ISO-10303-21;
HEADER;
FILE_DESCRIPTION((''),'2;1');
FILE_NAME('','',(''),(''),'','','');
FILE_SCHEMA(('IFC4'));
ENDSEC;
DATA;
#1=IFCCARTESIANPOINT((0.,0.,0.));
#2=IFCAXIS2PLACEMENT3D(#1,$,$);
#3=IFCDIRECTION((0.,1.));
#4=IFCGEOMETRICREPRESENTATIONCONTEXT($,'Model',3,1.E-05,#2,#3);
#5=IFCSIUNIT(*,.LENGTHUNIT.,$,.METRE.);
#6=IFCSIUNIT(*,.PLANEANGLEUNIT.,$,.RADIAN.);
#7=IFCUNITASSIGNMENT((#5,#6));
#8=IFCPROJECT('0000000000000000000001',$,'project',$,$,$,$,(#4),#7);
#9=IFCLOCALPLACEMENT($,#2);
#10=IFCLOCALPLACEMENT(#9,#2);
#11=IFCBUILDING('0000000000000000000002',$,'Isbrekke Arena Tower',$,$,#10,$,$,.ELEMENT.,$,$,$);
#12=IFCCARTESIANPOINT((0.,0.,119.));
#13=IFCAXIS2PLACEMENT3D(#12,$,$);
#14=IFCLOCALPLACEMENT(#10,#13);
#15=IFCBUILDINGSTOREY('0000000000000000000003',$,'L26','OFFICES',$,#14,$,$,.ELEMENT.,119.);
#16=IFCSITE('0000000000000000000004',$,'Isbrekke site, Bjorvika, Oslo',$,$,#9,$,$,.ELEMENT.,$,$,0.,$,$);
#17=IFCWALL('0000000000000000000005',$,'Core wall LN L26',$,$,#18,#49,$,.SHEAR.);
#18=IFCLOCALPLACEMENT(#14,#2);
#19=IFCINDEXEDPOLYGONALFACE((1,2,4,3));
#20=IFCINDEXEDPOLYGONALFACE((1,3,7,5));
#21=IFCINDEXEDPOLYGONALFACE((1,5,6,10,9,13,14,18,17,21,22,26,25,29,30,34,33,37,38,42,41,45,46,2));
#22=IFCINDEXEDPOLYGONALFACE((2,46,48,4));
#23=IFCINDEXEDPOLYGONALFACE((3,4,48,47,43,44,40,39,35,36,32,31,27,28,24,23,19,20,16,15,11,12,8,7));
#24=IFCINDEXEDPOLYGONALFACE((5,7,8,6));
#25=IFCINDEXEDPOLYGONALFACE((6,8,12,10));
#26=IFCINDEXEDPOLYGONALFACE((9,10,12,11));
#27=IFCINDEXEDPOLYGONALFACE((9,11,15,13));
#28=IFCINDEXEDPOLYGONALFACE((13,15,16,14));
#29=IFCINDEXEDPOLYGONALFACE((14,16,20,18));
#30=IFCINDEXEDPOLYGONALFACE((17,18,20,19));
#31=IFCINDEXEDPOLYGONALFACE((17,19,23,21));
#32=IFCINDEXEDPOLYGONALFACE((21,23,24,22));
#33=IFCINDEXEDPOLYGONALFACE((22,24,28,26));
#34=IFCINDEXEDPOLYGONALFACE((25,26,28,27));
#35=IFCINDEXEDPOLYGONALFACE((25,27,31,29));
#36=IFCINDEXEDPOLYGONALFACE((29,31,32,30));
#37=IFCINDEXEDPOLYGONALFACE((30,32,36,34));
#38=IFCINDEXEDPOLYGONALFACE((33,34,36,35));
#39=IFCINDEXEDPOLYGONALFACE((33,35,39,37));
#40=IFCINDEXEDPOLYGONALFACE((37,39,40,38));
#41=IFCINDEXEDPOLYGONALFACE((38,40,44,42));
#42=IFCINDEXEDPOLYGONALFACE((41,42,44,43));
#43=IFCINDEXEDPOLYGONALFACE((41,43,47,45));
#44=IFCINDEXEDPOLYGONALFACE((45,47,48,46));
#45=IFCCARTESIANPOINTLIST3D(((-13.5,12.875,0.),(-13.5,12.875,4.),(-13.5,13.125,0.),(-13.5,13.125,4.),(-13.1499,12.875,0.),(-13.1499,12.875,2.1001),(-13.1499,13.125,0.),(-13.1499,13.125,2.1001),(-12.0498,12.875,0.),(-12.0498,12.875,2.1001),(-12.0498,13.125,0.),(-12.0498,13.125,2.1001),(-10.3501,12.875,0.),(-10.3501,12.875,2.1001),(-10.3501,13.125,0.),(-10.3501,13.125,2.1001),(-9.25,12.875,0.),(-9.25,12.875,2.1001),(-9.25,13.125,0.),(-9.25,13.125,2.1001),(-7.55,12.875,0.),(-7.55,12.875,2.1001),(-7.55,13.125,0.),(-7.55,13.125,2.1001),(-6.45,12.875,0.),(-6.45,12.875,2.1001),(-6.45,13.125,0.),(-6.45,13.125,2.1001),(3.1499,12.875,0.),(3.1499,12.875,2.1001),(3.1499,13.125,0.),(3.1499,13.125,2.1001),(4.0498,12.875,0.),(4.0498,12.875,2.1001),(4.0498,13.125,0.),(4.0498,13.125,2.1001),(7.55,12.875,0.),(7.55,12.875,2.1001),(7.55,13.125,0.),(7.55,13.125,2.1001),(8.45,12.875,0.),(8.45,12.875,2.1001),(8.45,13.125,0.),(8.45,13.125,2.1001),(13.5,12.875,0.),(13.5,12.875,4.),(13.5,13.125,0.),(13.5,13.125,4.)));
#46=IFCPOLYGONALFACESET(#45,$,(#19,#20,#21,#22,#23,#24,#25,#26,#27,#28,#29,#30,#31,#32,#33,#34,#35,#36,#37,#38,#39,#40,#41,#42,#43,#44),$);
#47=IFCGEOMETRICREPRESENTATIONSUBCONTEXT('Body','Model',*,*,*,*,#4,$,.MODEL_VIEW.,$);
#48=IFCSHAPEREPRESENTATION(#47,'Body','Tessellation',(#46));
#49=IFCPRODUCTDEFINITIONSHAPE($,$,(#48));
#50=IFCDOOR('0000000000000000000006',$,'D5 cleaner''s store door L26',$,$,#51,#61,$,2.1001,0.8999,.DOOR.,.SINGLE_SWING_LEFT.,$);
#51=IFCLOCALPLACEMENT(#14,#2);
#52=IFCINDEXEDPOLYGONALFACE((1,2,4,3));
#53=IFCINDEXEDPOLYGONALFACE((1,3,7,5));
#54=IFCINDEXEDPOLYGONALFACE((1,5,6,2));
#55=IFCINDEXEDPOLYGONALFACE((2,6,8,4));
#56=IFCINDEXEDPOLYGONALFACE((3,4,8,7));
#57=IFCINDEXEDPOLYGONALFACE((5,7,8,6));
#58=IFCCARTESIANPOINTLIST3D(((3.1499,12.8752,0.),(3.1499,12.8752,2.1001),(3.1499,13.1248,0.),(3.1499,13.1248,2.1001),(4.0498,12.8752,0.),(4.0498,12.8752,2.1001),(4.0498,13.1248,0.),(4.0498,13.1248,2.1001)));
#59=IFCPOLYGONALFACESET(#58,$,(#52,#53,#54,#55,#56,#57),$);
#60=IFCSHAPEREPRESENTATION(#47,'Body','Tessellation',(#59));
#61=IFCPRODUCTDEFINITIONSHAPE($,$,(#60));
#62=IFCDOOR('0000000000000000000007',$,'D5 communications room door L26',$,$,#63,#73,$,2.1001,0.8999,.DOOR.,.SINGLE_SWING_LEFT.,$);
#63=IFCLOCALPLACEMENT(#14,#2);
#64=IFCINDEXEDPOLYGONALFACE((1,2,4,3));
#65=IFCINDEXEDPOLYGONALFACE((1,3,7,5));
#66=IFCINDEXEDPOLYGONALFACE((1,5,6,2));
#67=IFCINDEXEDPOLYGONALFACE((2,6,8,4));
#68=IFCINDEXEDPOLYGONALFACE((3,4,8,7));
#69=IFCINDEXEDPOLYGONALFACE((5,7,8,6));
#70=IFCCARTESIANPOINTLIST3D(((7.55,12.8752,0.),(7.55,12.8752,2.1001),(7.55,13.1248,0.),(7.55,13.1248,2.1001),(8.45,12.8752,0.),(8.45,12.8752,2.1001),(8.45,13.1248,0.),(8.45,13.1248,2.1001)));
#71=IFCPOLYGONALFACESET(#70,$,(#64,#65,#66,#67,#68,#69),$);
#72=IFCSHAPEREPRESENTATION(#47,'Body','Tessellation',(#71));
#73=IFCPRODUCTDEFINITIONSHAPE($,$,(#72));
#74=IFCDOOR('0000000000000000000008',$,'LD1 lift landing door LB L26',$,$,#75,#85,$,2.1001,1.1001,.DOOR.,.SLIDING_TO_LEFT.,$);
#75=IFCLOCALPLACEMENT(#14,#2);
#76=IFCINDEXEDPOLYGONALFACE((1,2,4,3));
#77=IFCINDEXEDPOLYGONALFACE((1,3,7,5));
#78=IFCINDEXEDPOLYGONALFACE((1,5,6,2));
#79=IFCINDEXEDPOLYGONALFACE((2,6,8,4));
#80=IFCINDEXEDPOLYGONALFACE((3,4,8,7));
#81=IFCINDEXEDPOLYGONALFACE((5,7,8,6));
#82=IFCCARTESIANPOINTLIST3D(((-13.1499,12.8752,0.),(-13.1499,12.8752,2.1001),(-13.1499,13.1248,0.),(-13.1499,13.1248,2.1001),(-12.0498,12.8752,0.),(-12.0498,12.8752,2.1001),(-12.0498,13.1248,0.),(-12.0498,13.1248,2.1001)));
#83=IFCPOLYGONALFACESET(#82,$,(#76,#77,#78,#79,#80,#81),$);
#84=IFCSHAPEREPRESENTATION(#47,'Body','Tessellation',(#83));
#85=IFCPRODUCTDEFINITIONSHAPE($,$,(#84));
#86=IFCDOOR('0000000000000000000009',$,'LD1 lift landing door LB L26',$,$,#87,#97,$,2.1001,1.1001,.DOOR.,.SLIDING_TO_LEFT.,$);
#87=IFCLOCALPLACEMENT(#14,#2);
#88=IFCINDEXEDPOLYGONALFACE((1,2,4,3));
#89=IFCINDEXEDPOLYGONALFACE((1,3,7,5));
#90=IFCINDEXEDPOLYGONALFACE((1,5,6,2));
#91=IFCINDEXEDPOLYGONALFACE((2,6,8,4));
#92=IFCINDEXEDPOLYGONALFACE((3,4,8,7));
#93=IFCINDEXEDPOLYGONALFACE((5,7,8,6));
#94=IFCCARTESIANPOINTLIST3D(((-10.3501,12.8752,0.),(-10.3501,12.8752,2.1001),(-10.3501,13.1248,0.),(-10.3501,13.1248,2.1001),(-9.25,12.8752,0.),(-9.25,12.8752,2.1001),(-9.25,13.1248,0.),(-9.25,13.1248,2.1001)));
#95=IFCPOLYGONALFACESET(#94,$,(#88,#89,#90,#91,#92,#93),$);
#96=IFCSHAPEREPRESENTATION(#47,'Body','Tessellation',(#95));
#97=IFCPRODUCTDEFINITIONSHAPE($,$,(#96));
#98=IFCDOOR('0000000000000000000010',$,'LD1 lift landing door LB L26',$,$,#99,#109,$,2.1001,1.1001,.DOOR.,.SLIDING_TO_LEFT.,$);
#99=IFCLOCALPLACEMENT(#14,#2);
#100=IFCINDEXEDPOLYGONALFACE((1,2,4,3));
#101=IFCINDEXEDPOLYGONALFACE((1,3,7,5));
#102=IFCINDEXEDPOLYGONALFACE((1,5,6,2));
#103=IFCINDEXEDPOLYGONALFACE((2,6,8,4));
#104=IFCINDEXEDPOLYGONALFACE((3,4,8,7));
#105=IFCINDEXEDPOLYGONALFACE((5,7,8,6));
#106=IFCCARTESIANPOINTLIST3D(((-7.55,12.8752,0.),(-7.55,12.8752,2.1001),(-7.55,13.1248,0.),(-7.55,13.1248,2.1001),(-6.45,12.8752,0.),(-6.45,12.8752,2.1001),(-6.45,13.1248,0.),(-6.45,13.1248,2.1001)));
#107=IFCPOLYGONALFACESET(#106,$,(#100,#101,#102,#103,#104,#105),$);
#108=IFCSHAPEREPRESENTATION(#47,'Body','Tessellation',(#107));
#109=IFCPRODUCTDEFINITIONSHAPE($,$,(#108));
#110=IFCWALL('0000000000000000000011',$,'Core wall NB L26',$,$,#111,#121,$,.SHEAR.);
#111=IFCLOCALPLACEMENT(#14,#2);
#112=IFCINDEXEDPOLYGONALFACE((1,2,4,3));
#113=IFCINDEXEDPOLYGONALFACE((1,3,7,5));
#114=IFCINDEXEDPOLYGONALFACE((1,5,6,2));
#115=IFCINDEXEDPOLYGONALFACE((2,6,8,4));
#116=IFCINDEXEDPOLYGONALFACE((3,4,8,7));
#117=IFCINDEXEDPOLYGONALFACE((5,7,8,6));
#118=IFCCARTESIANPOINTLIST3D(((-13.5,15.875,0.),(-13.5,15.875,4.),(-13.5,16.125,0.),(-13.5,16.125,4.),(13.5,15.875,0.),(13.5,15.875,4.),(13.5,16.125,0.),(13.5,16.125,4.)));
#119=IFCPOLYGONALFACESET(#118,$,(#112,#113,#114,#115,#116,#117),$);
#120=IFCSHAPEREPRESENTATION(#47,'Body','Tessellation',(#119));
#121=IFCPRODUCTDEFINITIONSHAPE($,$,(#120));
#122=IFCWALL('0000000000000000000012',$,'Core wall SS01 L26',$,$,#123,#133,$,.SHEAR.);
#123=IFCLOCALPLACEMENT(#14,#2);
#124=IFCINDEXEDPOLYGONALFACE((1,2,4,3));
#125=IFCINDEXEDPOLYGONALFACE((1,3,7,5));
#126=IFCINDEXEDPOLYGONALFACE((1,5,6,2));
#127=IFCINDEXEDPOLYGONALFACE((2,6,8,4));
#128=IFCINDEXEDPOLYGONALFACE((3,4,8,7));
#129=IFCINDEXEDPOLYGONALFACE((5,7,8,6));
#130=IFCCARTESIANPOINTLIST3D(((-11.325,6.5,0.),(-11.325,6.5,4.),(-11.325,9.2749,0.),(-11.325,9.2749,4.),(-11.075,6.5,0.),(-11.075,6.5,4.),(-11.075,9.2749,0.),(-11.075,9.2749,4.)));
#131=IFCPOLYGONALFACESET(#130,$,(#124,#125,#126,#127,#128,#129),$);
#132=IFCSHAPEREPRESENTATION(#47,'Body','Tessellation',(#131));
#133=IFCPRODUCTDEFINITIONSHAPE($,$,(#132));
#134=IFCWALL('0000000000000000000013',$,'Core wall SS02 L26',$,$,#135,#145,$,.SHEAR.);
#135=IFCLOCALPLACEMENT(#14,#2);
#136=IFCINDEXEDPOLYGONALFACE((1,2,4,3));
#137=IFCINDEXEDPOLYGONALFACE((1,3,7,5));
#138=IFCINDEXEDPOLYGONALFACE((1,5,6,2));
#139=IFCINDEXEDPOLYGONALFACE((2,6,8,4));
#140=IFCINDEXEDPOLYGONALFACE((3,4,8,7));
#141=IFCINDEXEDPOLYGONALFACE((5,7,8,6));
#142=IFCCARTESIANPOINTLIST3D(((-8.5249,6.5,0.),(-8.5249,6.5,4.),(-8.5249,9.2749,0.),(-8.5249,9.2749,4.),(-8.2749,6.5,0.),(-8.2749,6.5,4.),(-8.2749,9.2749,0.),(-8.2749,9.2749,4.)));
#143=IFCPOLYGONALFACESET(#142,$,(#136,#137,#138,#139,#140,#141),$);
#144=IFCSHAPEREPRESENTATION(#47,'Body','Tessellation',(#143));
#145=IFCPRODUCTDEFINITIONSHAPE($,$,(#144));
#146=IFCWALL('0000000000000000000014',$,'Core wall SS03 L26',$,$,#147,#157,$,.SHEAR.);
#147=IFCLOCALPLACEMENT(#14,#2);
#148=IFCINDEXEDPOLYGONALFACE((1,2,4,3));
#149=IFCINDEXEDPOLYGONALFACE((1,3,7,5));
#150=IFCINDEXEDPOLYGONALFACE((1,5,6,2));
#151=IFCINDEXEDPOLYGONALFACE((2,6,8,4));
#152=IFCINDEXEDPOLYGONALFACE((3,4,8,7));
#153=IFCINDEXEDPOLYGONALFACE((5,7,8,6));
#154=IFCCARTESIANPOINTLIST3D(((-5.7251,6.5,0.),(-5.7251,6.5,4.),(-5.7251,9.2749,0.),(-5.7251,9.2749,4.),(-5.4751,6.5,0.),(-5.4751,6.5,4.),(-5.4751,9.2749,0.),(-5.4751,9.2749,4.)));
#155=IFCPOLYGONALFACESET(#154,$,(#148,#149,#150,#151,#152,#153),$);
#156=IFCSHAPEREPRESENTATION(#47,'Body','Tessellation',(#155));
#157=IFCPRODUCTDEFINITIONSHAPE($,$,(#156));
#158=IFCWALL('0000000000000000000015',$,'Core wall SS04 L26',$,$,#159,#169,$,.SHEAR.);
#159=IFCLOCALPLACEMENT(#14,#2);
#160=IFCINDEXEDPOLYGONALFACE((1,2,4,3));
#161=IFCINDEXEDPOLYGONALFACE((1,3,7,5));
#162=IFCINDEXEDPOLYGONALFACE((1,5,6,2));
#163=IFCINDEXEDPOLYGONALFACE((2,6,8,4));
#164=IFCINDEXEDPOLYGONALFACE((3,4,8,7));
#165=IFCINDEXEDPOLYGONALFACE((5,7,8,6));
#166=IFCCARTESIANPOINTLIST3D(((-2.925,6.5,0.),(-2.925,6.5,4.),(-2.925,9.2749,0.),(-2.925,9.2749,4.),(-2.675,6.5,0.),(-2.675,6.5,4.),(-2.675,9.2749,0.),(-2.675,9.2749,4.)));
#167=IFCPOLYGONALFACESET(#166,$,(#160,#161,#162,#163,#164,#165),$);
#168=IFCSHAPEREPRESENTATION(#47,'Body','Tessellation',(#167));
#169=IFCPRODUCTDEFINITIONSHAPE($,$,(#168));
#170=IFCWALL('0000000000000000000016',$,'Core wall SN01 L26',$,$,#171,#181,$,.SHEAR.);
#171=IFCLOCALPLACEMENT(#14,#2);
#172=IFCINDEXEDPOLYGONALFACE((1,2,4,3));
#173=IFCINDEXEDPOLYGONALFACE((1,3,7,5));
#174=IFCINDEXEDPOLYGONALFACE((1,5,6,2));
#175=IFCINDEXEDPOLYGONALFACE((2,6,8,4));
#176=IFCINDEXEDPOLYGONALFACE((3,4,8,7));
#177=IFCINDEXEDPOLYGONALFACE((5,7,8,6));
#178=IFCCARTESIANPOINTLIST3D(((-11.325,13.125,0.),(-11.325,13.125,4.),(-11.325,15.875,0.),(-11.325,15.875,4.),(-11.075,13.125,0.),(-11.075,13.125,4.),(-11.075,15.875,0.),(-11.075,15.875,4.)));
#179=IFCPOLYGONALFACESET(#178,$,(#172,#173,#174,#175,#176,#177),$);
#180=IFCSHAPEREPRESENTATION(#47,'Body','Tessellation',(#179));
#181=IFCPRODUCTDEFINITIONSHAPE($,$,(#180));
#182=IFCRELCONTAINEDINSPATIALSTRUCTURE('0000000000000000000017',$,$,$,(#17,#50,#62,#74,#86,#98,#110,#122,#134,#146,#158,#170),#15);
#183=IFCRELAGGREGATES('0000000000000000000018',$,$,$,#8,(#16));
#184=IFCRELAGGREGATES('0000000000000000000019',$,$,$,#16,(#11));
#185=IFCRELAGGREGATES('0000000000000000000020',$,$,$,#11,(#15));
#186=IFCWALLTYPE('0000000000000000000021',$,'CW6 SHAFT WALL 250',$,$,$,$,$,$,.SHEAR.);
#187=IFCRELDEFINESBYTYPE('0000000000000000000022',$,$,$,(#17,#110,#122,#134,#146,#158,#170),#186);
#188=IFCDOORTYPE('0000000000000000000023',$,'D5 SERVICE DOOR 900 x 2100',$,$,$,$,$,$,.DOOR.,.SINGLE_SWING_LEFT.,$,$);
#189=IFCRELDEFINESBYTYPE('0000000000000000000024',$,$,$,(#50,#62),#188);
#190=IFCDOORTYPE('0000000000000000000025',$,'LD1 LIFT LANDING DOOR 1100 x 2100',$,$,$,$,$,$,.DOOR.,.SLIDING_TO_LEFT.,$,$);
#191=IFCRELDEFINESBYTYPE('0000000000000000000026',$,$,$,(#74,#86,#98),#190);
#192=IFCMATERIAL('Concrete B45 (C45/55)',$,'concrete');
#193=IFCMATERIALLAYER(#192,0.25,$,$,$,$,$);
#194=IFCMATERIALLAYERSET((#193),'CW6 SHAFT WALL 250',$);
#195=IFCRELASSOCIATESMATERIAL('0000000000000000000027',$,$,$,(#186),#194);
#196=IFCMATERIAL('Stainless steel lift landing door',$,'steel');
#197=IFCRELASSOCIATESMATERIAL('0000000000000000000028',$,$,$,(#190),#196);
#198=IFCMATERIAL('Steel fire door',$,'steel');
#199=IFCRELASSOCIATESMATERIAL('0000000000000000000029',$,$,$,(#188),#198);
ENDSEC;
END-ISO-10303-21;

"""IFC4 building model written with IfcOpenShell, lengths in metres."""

from ifc_helpers import new_model, si_unit, direction, frame, frame_2d, origin, place, context, subcontext, project, spatial, rectangle, extrude, material, layer, layer_set, type_object, element, fill, save


model = new_model("IFC4")

# Units and contexts
model_context = context("Model", 3, precision=1e-05, world=origin(), true_north=direction((0.0, 1.0)))
body_context = subcontext(model_context, "Body", "Model", "MODEL_VIEW")
ifc_project = project(units=[si_unit("LENGTHUNIT", "METRE"), si_unit("PLANEANGLEUNIT", "RADIAN")], contexts=[model_context])

# Site, building, storey
site_placement = place(None, origin())
site = spatial("IfcSite", under=ifc_project, at=site_placement, Name="Isbrekke site, Bjorvika, Oslo", CompositionType="ELEMENT", RefElevation=0.0)
building_placement = place(site_placement, origin())
building = spatial("IfcBuilding", under=site, at=building_placement, Name="Isbrekke Arena Tower", CompositionType="ELEMENT")
storey_placement = place(building_placement, frame((0.0, 0.0, 119.0)))
storey = spatial("IfcBuildingStorey", under=building, at=storey_placement, Name="L26", Description="OFFICES", CompositionType="ELEMENT", Elevation=119.0)

# Wall, openings, doors
ifc_material_1 = material(Name="Concrete B45 (C45/55)", Category="concrete")
ifc_layer_1 = layer(ifc_material_1, 0.25)
ifc_layer_set_1 = layer_set([ifc_layer_1], Name="CW6 SHAFT WALL 250")
wall_type_1 = type_object("IfcWallType", Name="CW6 SHAFT WALL 250", PredefinedType="SHEAR", material=ifc_layer_set_1)
ifc_material_2 = material(Name="Stainless steel lift landing door", Category="steel")
door_type_1 = type_object("IfcDoorType", Name="LD1 LIFT LANDING DOOR 1100 x 2100", OperationType="SLIDING_TO_LEFT", PredefinedType="DOOR", material=ifc_material_2)
wall_1_placement = place(storey_placement, frame((-13.5, 13.0, 0.0), z_axis=(0.0, 0.0, 1.0), x_axis=(1.0, 0.0, 0.0)))
wall_1 = element("IfcWall", 1, at=wall_1_placement, inside=storey, type_object=wall_type_1, Name="Core wall LN L26", PredefinedType="SHEAR", context=body_context, shape_type="SweptSolid", body=[
    extrude(rectangle(XDim=27.0, YDim=0.25, at=frame_2d((13.5, 0.0))), origin(), (0.0, 0.0, 1.0), 4.0),
])
opening_1_placement = place(wall_1_placement, frame((0.3501, 0.0, 0.0)))
opening_1 = element("IfcOpeningElement", 2, at=opening_1_placement, cuts=wall_1, PredefinedType="OPENING", context=body_context, shape_type="SweptSolid", body=[
    extrude(rectangle(XDim=1.1001, YDim=2.1001, at=frame_2d((0.55, 1.05))), frame((0.0, 0.1399, 0.0), z_axis=(0.0, -1.0, 0.0), x_axis=(1.0, 0.0, 0.0)), (0.0, 0.0, 1.0), 0.2798),
])
opening_2_placement = place(wall_1_placement, frame((3.1499, 0.0, 0.0)))
opening_2 = element("IfcOpeningElement", 3, at=opening_2_placement, cuts=wall_1, PredefinedType="OPENING", context=body_context, shape_type="SweptSolid", body=[
    extrude(rectangle(XDim=1.1001, YDim=2.1001, at=frame_2d((0.55, 1.05))), frame((0.0, 0.1399, 0.0), z_axis=(0.0, -1.0, 0.0), x_axis=(1.0, 0.0, 0.0)), (0.0, 0.0, 1.0), 0.2798),
])
opening_3_placement = place(wall_1_placement, frame((5.95, 0.0, 0.0)))
opening_3 = element("IfcOpeningElement", 4, at=opening_3_placement, cuts=wall_1, PredefinedType="OPENING", context=body_context, shape_type="SweptSolid", body=[
    extrude(rectangle(XDim=1.1001, YDim=2.1001, at=frame_2d((0.55, 1.05))), frame((0.0, 0.1399, 0.0), z_axis=(0.0, -1.0, 0.0), x_axis=(1.0, 0.0, 0.0)), (0.0, 0.0, 1.0), 0.2798),
])
opening_4_placement = place(wall_1_placement, frame((16.6499, 0.0, 0.0)))
opening_4 = element("IfcOpeningElement", 5, at=opening_4_placement, cuts=wall_1, PredefinedType="OPENING", context=body_context, shape_type="SweptSolid", body=[
    extrude(rectangle(XDim=0.8999, YDim=2.1001, at=frame_2d((0.45, 1.05))), frame((0.0, 0.1399, 0.0), z_axis=(0.0, -1.0, 0.0), x_axis=(1.0, 0.0, 0.0)), (0.0, 0.0, 1.0), 0.2798),
])
opening_5_placement = place(wall_1_placement, frame((21.05, 0.0, 0.0)))
opening_5 = element("IfcOpeningElement", 6, at=opening_5_placement, cuts=wall_1, PredefinedType="OPENING", context=body_context, shape_type="SweptSolid", body=[
    extrude(rectangle(XDim=0.8999, YDim=2.1001, at=frame_2d((0.45, 1.05))), frame((0.0, 0.1399, 0.0), z_axis=(0.0, -1.0, 0.0), x_axis=(1.0, 0.0, 0.0)), (0.0, 0.0, 1.0), 0.2798),
])
ifc_material_3 = material(Name="Steel fire door", Category="steel")
door_type_2 = type_object("IfcDoorType", Name="D5 SERVICE DOOR 900 x 2100", OperationType="SINGLE_SWING_LEFT", PredefinedType="DOOR", material=ifc_material_3)
door_1_placement = place(opening_4_placement, origin())
door_1 = element("IfcDoor", 7, at=door_1_placement, inside=storey, type_object=door_type_2, Name="D5 cleaner's store door L26", OperationType="SINGLE_SWING_LEFT", OverallHeight=2.1001, OverallWidth=0.8999, PredefinedType="DOOR", context=body_context, shape_type="SweptSolid", body=[
    extrude(rectangle(XDim=0.8999, YDim=2.1001, at=frame_2d((0.45, 1.05))), frame((0.0, 0.1248, 0.0), z_axis=(0.0, -1.0, 0.0), x_axis=(1.0, 0.0, 0.0)), (0.0, 0.0, 1.0), 0.2495),
])
fill(opening_4, door_1)
door_2_placement = place(opening_5_placement, origin())
door_2 = element("IfcDoor", 8, at=door_2_placement, inside=storey, type_object=door_type_2, Name="D5 communications room door L26", OperationType="SINGLE_SWING_LEFT", OverallHeight=2.1001, OverallWidth=0.8999, PredefinedType="DOOR", context=body_context, shape_type="SweptSolid", body=[
    extrude(rectangle(XDim=0.8999, YDim=2.1001, at=frame_2d((0.45, 1.05))), frame((0.0, 0.1248, 0.0), z_axis=(0.0, -1.0, 0.0), x_axis=(1.0, 0.0, 0.0)), (0.0, 0.0, 1.0), 0.2495),
])
fill(opening_5, door_2)
door_3_placement = place(opening_1_placement, origin())
door_3 = element("IfcDoor", 9, at=door_3_placement, inside=storey, type_object=door_type_1, Name="LD1 lift landing door LB L26", OperationType="SLIDING_TO_LEFT", OverallHeight=2.1001, OverallWidth=1.1001, PredefinedType="DOOR", context=body_context, shape_type="SweptSolid", body=[
    extrude(rectangle(XDim=1.1001, YDim=2.1001, at=frame_2d((0.55, 1.05))), frame((0.0, 0.1248, 0.0), z_axis=(0.0, -1.0, 0.0), x_axis=(1.0, 0.0, 0.0)), (0.0, 0.0, 1.0), 0.2495),
])
fill(opening_1, door_3)
door_4_placement = place(opening_2_placement, origin())
door_4 = element("IfcDoor", 10, at=door_4_placement, inside=storey, type_object=door_type_1, Name="LD1 lift landing door LB L26", OperationType="SLIDING_TO_LEFT", OverallHeight=2.1001, OverallWidth=1.1001, PredefinedType="DOOR", context=body_context, shape_type="SweptSolid", body=[
    extrude(rectangle(XDim=1.1001, YDim=2.1001, at=frame_2d((0.55, 1.05))), frame((0.0, 0.1248, 0.0), z_axis=(0.0, -1.0, 0.0), x_axis=(1.0, 0.0, 0.0)), (0.0, 0.0, 1.0), 0.2495),
])
fill(opening_2, door_4)
door_5_placement = place(opening_3_placement, origin())
door_5 = element("IfcDoor", 11, at=door_5_placement, inside=storey, type_object=door_type_1, Name="LD1 lift landing door LB L26", OperationType="SLIDING_TO_LEFT", OverallHeight=2.1001, OverallWidth=1.1001, PredefinedType="DOOR", context=body_context, shape_type="SweptSolid", body=[
    extrude(rectangle(XDim=1.1001, YDim=2.1001, at=frame_2d((0.55, 1.05))), frame((0.0, 0.1248, 0.0), z_axis=(0.0, -1.0, 0.0), x_axis=(1.0, 0.0, 0.0)), (0.0, 0.0, 1.0), 0.2495),
])
fill(opening_3, door_5)

# Walls
wall_2_placement = place(storey_placement, frame((-13.5, 16.0, 0.0), z_axis=(0.0, 0.0, 1.0), x_axis=(1.0, 0.0, 0.0)))
element("IfcWall", 12, at=wall_2_placement, inside=storey, type_object=wall_type_1, Name="Core wall NB L26", PredefinedType="SHEAR", context=body_context, shape_type="SweptSolid", body=[
    extrude(rectangle(XDim=27.0, YDim=0.25, at=frame_2d((13.5, 0.0))), origin(), (0.0, 0.0, 1.0), 4.0),
])
for number, where, z_axis, x_axis, name in (
    (13, (-11.2, 6.5, 0.0), (0.0, 0.0, 1.0), (0.0, 1.0, 0.0), "Core wall SS01 L26"),
    (14, (-8.3999, 6.5, 0.0), (0.0, 0.0, 1.0), (0.0, 1.0, 0.0), "Core wall SS02 L26"),
    (15, (-5.6001, 6.5, 0.0), (0.0, 0.0, 1.0), (0.0, 1.0, 0.0), "Core wall SS03 L26"),
    (16, (-2.8, 6.5, 0.0), (0.0, 0.0, 1.0), (0.0, 1.0, 0.0), "Core wall SS04 L26"),
):
    element("IfcWall", number, at=place(storey_placement, frame(where, z_axis=z_axis, x_axis=x_axis)), inside=storey, type_object=wall_type_1, Name=name, PredefinedType="SHEAR", context=body_context, shape_type="SweptSolid", body=[
        extrude(rectangle(XDim=2.7749, YDim=0.25, at=frame_2d((1.3875, 0.0))), origin(), (0.0, 0.0, 1.0), 4.0),
    ])
for number, where, z_axis, x_axis, name in (
    (17, (-11.2, 13.125, 0.0), (0.0, 0.0, 1.0), (0.0, 1.0, 0.0), "Core wall SN01 L26"),
):
    element("IfcWall", number, at=place(storey_placement, frame(where, z_axis=z_axis, x_axis=x_axis)), inside=storey, type_object=wall_type_1, Name=name, PredefinedType="SHEAR", context=body_context, shape_type="SweptSolid", body=[
        extrude(rectangle(XDim=2.75, YDim=0.25, at=frame_2d((1.375, 0.0))), origin(), (0.0, 0.0, 1.0), 4.0),
    ])

save(model, "model.ifc")
